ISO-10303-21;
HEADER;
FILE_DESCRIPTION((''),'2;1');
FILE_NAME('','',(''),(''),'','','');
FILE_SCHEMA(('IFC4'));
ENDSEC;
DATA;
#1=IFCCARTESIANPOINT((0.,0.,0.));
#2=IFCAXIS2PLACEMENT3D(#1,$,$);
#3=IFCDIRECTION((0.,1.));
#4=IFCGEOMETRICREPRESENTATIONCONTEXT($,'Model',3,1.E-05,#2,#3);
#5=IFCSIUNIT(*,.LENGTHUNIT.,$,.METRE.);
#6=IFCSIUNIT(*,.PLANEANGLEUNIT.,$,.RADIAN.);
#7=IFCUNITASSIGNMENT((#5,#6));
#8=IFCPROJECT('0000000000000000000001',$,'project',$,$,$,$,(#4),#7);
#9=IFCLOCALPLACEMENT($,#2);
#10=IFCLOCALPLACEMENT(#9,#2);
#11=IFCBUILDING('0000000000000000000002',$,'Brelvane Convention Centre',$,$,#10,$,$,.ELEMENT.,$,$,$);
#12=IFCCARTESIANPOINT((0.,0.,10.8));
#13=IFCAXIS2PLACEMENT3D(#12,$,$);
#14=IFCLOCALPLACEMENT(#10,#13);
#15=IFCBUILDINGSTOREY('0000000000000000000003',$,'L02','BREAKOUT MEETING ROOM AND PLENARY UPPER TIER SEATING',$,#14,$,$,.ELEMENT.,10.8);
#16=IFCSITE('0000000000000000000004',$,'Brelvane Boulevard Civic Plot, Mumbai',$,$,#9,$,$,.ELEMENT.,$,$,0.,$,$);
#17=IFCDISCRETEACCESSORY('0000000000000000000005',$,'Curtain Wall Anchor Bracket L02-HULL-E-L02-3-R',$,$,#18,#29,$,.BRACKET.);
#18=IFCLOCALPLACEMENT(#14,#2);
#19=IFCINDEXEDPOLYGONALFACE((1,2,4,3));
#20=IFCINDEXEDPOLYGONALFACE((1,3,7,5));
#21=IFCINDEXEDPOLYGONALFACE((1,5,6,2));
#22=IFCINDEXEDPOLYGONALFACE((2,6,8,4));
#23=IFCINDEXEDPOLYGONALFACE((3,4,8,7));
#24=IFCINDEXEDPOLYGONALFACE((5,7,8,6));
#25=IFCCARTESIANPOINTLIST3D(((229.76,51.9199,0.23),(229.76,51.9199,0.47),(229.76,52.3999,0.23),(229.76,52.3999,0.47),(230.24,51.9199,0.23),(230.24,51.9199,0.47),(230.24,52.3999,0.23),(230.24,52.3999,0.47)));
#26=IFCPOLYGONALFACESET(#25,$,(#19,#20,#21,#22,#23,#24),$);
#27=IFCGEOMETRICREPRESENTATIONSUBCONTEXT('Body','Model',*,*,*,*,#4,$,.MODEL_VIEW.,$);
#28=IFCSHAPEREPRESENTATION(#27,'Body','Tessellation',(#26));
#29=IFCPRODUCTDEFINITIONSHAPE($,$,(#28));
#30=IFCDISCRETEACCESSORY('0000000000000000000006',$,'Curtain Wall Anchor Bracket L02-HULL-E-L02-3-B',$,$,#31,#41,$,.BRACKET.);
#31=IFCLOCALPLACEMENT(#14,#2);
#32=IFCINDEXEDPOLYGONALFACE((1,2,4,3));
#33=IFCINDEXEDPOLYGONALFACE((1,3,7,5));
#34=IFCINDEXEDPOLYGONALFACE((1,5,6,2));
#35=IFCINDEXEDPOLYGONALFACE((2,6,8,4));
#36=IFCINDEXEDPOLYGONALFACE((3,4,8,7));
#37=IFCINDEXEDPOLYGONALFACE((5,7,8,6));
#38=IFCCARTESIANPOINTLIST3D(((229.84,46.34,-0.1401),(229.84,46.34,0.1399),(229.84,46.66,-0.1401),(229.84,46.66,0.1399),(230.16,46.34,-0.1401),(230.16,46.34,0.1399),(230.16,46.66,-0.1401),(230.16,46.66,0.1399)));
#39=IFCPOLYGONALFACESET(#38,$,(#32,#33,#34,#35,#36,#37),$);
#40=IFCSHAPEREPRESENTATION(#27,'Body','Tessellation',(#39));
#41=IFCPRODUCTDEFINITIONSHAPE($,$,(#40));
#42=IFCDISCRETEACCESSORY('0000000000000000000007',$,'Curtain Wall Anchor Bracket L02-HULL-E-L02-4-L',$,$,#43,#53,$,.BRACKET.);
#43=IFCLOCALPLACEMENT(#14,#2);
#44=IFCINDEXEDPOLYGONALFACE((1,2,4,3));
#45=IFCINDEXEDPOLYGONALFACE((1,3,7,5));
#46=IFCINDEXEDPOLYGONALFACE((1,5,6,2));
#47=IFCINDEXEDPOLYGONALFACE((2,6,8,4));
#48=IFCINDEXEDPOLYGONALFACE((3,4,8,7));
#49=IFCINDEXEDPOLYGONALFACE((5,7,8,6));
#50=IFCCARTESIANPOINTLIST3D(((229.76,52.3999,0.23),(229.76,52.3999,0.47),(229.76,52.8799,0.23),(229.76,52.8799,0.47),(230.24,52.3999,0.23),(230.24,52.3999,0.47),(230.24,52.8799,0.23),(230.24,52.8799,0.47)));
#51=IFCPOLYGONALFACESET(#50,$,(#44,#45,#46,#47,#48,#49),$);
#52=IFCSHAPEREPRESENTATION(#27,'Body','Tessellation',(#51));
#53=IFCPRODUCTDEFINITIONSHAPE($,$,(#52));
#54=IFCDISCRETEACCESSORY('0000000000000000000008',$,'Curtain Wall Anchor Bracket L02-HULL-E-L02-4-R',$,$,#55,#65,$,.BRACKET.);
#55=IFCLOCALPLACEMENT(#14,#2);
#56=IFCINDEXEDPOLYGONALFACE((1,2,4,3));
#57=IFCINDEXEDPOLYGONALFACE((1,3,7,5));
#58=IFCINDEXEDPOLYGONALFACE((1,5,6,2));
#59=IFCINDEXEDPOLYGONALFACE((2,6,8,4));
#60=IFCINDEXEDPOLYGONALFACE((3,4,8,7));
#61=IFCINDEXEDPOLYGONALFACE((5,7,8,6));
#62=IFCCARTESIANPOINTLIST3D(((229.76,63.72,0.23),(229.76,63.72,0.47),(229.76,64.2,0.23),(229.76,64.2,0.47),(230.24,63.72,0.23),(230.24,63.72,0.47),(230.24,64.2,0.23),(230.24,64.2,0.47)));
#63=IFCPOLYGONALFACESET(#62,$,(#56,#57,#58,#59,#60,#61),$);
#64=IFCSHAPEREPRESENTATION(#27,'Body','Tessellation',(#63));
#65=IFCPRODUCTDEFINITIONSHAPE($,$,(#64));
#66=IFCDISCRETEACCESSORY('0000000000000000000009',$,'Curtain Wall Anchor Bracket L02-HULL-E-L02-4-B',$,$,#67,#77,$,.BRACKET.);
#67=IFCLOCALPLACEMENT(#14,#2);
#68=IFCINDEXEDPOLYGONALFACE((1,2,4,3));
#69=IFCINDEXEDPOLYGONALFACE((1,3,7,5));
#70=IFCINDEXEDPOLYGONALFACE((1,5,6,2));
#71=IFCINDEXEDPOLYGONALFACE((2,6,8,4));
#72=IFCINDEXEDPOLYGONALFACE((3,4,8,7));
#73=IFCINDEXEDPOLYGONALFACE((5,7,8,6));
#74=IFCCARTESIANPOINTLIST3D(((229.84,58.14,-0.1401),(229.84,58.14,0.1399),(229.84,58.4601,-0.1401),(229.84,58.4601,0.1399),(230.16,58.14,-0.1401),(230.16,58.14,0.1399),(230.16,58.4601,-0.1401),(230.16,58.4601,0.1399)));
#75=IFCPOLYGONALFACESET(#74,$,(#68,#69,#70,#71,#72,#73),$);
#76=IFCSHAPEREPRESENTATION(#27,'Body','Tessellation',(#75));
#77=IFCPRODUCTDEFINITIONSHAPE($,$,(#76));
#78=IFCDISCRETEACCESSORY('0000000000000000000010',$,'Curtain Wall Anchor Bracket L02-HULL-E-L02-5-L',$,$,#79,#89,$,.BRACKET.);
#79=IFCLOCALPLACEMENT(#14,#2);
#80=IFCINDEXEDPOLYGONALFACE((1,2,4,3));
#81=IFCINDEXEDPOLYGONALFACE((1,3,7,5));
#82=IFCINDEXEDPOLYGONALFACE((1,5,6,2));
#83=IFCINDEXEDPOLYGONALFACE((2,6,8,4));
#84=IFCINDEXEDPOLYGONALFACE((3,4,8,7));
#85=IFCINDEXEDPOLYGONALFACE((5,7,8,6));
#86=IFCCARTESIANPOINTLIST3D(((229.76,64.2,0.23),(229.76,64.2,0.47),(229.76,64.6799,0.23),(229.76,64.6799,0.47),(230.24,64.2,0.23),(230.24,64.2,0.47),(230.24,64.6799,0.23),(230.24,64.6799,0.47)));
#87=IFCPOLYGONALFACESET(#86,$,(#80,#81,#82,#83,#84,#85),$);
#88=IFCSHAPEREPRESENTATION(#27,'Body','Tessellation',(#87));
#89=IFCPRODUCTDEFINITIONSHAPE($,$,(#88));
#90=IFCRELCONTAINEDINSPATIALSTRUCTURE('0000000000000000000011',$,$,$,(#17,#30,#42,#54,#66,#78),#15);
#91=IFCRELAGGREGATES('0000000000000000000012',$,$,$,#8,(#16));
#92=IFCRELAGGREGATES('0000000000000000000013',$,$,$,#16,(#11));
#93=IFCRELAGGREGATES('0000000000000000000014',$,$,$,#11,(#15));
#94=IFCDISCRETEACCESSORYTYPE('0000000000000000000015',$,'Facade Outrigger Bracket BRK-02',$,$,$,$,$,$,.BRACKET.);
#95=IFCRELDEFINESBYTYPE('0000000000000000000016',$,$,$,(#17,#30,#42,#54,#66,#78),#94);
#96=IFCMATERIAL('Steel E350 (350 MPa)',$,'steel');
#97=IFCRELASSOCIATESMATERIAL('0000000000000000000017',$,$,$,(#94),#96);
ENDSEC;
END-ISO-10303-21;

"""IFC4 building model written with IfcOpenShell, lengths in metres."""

from ifc_helpers import new_model, si_unit, direction, frame, origin, origin_2d, place, context, subcontext, project, spatial, rectangle, extrude, material, type_object, element, save


model = new_model("IFC4")

# Units and contexts
model_context = context("Model", 3, precision=1e-05, world=origin(), true_north=direction((0.0, 1.0)))
body_context = subcontext(model_context, "Body", "Model", "MODEL_VIEW")
ifc_project = project(units=[si_unit("LENGTHUNIT", "METRE"), si_unit("PLANEANGLEUNIT", "RADIAN")], contexts=[model_context])

# Site, building, storey
site_placement = place(None, origin())
site = spatial("IfcSite", under=ifc_project, at=site_placement, Name="Brelvane Boulevard Civic Plot, Mumbai", CompositionType="ELEMENT", RefElevation=0.0)
building_placement = place(site_placement, origin())
building = spatial("IfcBuilding", under=site, at=building_placement, Name="Brelvane Convention Centre", CompositionType="ELEMENT")
storey_placement = place(building_placement, frame((0.0, 0.0, 10.8)))
storey = spatial("IfcBuildingStorey", under=building, at=storey_placement, Name="L02", Description="BREAKOUT MEETING ROOM AND PLENARY UPPER TIER SEATING", CompositionType="ELEMENT", Elevation=10.8)

# Discrete accessories
ifc_material_1 = material(Name="Steel E350 (350 MPa)", Category="steel")
discrete_accessory_type = type_object("IfcDiscreteAccessoryType", Name="Facade Outrigger Bracket BRK-02", PredefinedType="BRACKET", material=ifc_material_1)
discrete_accessory_1_placement = place(storey_placement, frame((230.0, 52.1599, 0.23), z_axis=(0.0, 0.0, 1.0), x_axis=(1.0, 0.0, 0.0)))
element("IfcDiscreteAccessory", 1, at=discrete_accessory_1_placement, inside=storey, type_object=discrete_accessory_type, Name="Curtain Wall Anchor Bracket L02-HULL-E-L02-3-R", PredefinedType="BRACKET", context=body_context, shape_type="SweptSolid", body=[
    extrude(rectangle(XDim=0.48, YDim=0.48, at=origin_2d()), origin(), (0.0, 0.0, 1.0), 0.24),
])
discrete_accessory_2_placement = place(storey_placement, frame((230.0, 46.5, -0.1401), z_axis=(0.0, 0.0, 1.0), x_axis=(1.0, 0.0, 0.0)))
element("IfcDiscreteAccessory", 2, at=discrete_accessory_2_placement, inside=storey, type_object=discrete_accessory_type, Name="Curtain Wall Anchor Bracket L02-HULL-E-L02-3-B", PredefinedType="BRACKET", context=body_context, shape_type="SweptSolid", body=[
    extrude(rectangle(XDim=0.3201, YDim=0.3201, at=origin_2d()), origin(), (0.0, 0.0, 1.0), 0.28),
])
for number, where, z_axis, x_axis, name in (
    (3, (230.0, 52.6399, 0.23), (0.0, 0.0, 1.0), (1.0, 0.0, 0.0), "Curtain Wall Anchor Bracket L02-HULL-E-L02-4-L"),
    (4, (230.0, 63.96, 0.23), (0.0, 0.0, 1.0), (1.0, 0.0, 0.0), "Curtain Wall Anchor Bracket L02-HULL-E-L02-4-R"),
):
    element("IfcDiscreteAccessory", number, at=place(storey_placement, frame(where, z_axis=z_axis, x_axis=x_axis)), inside=storey, type_object=discrete_accessory_type, Name=name, PredefinedType="BRACKET", context=body_context, shape_type="SweptSolid", body=[
        extrude(rectangle(XDim=0.48, YDim=0.48, at=origin_2d()), origin(), (0.0, 0.0, 1.0), 0.24),
    ])
discrete_accessory_3_placement = place(storey_placement, frame((230.0, 58.3, -0.1401), z_axis=(0.0, 0.0, 1.0), x_axis=(1.0, 0.0, 0.0)))
element("IfcDiscreteAccessory", 5, at=discrete_accessory_3_placement, inside=storey, type_object=discrete_accessory_type, Name="Curtain Wall Anchor Bracket L02-HULL-E-L02-4-B", PredefinedType="BRACKET", context=body_context, shape_type="SweptSolid", body=[
    extrude(rectangle(XDim=0.3201, YDim=0.3201, at=origin_2d()), origin(), (0.0, 0.0, 1.0), 0.28),
])
discrete_accessory_4_placement = place(storey_placement, frame((230.0, 64.4399, 0.23), z_axis=(0.0, 0.0, 1.0), x_axis=(1.0, 0.0, 0.0)))
element("IfcDiscreteAccessory", 6, at=discrete_accessory_4_placement, inside=storey, type_object=discrete_accessory_type, Name="Curtain Wall Anchor Bracket L02-HULL-E-L02-5-L", PredefinedType="BRACKET", context=body_context, shape_type="SweptSolid", body=[
    extrude(rectangle(XDim=0.48, YDim=0.48, at=origin_2d()), origin(), (0.0, 0.0, 1.0), 0.24),
])

save(model, "model.ifc")
